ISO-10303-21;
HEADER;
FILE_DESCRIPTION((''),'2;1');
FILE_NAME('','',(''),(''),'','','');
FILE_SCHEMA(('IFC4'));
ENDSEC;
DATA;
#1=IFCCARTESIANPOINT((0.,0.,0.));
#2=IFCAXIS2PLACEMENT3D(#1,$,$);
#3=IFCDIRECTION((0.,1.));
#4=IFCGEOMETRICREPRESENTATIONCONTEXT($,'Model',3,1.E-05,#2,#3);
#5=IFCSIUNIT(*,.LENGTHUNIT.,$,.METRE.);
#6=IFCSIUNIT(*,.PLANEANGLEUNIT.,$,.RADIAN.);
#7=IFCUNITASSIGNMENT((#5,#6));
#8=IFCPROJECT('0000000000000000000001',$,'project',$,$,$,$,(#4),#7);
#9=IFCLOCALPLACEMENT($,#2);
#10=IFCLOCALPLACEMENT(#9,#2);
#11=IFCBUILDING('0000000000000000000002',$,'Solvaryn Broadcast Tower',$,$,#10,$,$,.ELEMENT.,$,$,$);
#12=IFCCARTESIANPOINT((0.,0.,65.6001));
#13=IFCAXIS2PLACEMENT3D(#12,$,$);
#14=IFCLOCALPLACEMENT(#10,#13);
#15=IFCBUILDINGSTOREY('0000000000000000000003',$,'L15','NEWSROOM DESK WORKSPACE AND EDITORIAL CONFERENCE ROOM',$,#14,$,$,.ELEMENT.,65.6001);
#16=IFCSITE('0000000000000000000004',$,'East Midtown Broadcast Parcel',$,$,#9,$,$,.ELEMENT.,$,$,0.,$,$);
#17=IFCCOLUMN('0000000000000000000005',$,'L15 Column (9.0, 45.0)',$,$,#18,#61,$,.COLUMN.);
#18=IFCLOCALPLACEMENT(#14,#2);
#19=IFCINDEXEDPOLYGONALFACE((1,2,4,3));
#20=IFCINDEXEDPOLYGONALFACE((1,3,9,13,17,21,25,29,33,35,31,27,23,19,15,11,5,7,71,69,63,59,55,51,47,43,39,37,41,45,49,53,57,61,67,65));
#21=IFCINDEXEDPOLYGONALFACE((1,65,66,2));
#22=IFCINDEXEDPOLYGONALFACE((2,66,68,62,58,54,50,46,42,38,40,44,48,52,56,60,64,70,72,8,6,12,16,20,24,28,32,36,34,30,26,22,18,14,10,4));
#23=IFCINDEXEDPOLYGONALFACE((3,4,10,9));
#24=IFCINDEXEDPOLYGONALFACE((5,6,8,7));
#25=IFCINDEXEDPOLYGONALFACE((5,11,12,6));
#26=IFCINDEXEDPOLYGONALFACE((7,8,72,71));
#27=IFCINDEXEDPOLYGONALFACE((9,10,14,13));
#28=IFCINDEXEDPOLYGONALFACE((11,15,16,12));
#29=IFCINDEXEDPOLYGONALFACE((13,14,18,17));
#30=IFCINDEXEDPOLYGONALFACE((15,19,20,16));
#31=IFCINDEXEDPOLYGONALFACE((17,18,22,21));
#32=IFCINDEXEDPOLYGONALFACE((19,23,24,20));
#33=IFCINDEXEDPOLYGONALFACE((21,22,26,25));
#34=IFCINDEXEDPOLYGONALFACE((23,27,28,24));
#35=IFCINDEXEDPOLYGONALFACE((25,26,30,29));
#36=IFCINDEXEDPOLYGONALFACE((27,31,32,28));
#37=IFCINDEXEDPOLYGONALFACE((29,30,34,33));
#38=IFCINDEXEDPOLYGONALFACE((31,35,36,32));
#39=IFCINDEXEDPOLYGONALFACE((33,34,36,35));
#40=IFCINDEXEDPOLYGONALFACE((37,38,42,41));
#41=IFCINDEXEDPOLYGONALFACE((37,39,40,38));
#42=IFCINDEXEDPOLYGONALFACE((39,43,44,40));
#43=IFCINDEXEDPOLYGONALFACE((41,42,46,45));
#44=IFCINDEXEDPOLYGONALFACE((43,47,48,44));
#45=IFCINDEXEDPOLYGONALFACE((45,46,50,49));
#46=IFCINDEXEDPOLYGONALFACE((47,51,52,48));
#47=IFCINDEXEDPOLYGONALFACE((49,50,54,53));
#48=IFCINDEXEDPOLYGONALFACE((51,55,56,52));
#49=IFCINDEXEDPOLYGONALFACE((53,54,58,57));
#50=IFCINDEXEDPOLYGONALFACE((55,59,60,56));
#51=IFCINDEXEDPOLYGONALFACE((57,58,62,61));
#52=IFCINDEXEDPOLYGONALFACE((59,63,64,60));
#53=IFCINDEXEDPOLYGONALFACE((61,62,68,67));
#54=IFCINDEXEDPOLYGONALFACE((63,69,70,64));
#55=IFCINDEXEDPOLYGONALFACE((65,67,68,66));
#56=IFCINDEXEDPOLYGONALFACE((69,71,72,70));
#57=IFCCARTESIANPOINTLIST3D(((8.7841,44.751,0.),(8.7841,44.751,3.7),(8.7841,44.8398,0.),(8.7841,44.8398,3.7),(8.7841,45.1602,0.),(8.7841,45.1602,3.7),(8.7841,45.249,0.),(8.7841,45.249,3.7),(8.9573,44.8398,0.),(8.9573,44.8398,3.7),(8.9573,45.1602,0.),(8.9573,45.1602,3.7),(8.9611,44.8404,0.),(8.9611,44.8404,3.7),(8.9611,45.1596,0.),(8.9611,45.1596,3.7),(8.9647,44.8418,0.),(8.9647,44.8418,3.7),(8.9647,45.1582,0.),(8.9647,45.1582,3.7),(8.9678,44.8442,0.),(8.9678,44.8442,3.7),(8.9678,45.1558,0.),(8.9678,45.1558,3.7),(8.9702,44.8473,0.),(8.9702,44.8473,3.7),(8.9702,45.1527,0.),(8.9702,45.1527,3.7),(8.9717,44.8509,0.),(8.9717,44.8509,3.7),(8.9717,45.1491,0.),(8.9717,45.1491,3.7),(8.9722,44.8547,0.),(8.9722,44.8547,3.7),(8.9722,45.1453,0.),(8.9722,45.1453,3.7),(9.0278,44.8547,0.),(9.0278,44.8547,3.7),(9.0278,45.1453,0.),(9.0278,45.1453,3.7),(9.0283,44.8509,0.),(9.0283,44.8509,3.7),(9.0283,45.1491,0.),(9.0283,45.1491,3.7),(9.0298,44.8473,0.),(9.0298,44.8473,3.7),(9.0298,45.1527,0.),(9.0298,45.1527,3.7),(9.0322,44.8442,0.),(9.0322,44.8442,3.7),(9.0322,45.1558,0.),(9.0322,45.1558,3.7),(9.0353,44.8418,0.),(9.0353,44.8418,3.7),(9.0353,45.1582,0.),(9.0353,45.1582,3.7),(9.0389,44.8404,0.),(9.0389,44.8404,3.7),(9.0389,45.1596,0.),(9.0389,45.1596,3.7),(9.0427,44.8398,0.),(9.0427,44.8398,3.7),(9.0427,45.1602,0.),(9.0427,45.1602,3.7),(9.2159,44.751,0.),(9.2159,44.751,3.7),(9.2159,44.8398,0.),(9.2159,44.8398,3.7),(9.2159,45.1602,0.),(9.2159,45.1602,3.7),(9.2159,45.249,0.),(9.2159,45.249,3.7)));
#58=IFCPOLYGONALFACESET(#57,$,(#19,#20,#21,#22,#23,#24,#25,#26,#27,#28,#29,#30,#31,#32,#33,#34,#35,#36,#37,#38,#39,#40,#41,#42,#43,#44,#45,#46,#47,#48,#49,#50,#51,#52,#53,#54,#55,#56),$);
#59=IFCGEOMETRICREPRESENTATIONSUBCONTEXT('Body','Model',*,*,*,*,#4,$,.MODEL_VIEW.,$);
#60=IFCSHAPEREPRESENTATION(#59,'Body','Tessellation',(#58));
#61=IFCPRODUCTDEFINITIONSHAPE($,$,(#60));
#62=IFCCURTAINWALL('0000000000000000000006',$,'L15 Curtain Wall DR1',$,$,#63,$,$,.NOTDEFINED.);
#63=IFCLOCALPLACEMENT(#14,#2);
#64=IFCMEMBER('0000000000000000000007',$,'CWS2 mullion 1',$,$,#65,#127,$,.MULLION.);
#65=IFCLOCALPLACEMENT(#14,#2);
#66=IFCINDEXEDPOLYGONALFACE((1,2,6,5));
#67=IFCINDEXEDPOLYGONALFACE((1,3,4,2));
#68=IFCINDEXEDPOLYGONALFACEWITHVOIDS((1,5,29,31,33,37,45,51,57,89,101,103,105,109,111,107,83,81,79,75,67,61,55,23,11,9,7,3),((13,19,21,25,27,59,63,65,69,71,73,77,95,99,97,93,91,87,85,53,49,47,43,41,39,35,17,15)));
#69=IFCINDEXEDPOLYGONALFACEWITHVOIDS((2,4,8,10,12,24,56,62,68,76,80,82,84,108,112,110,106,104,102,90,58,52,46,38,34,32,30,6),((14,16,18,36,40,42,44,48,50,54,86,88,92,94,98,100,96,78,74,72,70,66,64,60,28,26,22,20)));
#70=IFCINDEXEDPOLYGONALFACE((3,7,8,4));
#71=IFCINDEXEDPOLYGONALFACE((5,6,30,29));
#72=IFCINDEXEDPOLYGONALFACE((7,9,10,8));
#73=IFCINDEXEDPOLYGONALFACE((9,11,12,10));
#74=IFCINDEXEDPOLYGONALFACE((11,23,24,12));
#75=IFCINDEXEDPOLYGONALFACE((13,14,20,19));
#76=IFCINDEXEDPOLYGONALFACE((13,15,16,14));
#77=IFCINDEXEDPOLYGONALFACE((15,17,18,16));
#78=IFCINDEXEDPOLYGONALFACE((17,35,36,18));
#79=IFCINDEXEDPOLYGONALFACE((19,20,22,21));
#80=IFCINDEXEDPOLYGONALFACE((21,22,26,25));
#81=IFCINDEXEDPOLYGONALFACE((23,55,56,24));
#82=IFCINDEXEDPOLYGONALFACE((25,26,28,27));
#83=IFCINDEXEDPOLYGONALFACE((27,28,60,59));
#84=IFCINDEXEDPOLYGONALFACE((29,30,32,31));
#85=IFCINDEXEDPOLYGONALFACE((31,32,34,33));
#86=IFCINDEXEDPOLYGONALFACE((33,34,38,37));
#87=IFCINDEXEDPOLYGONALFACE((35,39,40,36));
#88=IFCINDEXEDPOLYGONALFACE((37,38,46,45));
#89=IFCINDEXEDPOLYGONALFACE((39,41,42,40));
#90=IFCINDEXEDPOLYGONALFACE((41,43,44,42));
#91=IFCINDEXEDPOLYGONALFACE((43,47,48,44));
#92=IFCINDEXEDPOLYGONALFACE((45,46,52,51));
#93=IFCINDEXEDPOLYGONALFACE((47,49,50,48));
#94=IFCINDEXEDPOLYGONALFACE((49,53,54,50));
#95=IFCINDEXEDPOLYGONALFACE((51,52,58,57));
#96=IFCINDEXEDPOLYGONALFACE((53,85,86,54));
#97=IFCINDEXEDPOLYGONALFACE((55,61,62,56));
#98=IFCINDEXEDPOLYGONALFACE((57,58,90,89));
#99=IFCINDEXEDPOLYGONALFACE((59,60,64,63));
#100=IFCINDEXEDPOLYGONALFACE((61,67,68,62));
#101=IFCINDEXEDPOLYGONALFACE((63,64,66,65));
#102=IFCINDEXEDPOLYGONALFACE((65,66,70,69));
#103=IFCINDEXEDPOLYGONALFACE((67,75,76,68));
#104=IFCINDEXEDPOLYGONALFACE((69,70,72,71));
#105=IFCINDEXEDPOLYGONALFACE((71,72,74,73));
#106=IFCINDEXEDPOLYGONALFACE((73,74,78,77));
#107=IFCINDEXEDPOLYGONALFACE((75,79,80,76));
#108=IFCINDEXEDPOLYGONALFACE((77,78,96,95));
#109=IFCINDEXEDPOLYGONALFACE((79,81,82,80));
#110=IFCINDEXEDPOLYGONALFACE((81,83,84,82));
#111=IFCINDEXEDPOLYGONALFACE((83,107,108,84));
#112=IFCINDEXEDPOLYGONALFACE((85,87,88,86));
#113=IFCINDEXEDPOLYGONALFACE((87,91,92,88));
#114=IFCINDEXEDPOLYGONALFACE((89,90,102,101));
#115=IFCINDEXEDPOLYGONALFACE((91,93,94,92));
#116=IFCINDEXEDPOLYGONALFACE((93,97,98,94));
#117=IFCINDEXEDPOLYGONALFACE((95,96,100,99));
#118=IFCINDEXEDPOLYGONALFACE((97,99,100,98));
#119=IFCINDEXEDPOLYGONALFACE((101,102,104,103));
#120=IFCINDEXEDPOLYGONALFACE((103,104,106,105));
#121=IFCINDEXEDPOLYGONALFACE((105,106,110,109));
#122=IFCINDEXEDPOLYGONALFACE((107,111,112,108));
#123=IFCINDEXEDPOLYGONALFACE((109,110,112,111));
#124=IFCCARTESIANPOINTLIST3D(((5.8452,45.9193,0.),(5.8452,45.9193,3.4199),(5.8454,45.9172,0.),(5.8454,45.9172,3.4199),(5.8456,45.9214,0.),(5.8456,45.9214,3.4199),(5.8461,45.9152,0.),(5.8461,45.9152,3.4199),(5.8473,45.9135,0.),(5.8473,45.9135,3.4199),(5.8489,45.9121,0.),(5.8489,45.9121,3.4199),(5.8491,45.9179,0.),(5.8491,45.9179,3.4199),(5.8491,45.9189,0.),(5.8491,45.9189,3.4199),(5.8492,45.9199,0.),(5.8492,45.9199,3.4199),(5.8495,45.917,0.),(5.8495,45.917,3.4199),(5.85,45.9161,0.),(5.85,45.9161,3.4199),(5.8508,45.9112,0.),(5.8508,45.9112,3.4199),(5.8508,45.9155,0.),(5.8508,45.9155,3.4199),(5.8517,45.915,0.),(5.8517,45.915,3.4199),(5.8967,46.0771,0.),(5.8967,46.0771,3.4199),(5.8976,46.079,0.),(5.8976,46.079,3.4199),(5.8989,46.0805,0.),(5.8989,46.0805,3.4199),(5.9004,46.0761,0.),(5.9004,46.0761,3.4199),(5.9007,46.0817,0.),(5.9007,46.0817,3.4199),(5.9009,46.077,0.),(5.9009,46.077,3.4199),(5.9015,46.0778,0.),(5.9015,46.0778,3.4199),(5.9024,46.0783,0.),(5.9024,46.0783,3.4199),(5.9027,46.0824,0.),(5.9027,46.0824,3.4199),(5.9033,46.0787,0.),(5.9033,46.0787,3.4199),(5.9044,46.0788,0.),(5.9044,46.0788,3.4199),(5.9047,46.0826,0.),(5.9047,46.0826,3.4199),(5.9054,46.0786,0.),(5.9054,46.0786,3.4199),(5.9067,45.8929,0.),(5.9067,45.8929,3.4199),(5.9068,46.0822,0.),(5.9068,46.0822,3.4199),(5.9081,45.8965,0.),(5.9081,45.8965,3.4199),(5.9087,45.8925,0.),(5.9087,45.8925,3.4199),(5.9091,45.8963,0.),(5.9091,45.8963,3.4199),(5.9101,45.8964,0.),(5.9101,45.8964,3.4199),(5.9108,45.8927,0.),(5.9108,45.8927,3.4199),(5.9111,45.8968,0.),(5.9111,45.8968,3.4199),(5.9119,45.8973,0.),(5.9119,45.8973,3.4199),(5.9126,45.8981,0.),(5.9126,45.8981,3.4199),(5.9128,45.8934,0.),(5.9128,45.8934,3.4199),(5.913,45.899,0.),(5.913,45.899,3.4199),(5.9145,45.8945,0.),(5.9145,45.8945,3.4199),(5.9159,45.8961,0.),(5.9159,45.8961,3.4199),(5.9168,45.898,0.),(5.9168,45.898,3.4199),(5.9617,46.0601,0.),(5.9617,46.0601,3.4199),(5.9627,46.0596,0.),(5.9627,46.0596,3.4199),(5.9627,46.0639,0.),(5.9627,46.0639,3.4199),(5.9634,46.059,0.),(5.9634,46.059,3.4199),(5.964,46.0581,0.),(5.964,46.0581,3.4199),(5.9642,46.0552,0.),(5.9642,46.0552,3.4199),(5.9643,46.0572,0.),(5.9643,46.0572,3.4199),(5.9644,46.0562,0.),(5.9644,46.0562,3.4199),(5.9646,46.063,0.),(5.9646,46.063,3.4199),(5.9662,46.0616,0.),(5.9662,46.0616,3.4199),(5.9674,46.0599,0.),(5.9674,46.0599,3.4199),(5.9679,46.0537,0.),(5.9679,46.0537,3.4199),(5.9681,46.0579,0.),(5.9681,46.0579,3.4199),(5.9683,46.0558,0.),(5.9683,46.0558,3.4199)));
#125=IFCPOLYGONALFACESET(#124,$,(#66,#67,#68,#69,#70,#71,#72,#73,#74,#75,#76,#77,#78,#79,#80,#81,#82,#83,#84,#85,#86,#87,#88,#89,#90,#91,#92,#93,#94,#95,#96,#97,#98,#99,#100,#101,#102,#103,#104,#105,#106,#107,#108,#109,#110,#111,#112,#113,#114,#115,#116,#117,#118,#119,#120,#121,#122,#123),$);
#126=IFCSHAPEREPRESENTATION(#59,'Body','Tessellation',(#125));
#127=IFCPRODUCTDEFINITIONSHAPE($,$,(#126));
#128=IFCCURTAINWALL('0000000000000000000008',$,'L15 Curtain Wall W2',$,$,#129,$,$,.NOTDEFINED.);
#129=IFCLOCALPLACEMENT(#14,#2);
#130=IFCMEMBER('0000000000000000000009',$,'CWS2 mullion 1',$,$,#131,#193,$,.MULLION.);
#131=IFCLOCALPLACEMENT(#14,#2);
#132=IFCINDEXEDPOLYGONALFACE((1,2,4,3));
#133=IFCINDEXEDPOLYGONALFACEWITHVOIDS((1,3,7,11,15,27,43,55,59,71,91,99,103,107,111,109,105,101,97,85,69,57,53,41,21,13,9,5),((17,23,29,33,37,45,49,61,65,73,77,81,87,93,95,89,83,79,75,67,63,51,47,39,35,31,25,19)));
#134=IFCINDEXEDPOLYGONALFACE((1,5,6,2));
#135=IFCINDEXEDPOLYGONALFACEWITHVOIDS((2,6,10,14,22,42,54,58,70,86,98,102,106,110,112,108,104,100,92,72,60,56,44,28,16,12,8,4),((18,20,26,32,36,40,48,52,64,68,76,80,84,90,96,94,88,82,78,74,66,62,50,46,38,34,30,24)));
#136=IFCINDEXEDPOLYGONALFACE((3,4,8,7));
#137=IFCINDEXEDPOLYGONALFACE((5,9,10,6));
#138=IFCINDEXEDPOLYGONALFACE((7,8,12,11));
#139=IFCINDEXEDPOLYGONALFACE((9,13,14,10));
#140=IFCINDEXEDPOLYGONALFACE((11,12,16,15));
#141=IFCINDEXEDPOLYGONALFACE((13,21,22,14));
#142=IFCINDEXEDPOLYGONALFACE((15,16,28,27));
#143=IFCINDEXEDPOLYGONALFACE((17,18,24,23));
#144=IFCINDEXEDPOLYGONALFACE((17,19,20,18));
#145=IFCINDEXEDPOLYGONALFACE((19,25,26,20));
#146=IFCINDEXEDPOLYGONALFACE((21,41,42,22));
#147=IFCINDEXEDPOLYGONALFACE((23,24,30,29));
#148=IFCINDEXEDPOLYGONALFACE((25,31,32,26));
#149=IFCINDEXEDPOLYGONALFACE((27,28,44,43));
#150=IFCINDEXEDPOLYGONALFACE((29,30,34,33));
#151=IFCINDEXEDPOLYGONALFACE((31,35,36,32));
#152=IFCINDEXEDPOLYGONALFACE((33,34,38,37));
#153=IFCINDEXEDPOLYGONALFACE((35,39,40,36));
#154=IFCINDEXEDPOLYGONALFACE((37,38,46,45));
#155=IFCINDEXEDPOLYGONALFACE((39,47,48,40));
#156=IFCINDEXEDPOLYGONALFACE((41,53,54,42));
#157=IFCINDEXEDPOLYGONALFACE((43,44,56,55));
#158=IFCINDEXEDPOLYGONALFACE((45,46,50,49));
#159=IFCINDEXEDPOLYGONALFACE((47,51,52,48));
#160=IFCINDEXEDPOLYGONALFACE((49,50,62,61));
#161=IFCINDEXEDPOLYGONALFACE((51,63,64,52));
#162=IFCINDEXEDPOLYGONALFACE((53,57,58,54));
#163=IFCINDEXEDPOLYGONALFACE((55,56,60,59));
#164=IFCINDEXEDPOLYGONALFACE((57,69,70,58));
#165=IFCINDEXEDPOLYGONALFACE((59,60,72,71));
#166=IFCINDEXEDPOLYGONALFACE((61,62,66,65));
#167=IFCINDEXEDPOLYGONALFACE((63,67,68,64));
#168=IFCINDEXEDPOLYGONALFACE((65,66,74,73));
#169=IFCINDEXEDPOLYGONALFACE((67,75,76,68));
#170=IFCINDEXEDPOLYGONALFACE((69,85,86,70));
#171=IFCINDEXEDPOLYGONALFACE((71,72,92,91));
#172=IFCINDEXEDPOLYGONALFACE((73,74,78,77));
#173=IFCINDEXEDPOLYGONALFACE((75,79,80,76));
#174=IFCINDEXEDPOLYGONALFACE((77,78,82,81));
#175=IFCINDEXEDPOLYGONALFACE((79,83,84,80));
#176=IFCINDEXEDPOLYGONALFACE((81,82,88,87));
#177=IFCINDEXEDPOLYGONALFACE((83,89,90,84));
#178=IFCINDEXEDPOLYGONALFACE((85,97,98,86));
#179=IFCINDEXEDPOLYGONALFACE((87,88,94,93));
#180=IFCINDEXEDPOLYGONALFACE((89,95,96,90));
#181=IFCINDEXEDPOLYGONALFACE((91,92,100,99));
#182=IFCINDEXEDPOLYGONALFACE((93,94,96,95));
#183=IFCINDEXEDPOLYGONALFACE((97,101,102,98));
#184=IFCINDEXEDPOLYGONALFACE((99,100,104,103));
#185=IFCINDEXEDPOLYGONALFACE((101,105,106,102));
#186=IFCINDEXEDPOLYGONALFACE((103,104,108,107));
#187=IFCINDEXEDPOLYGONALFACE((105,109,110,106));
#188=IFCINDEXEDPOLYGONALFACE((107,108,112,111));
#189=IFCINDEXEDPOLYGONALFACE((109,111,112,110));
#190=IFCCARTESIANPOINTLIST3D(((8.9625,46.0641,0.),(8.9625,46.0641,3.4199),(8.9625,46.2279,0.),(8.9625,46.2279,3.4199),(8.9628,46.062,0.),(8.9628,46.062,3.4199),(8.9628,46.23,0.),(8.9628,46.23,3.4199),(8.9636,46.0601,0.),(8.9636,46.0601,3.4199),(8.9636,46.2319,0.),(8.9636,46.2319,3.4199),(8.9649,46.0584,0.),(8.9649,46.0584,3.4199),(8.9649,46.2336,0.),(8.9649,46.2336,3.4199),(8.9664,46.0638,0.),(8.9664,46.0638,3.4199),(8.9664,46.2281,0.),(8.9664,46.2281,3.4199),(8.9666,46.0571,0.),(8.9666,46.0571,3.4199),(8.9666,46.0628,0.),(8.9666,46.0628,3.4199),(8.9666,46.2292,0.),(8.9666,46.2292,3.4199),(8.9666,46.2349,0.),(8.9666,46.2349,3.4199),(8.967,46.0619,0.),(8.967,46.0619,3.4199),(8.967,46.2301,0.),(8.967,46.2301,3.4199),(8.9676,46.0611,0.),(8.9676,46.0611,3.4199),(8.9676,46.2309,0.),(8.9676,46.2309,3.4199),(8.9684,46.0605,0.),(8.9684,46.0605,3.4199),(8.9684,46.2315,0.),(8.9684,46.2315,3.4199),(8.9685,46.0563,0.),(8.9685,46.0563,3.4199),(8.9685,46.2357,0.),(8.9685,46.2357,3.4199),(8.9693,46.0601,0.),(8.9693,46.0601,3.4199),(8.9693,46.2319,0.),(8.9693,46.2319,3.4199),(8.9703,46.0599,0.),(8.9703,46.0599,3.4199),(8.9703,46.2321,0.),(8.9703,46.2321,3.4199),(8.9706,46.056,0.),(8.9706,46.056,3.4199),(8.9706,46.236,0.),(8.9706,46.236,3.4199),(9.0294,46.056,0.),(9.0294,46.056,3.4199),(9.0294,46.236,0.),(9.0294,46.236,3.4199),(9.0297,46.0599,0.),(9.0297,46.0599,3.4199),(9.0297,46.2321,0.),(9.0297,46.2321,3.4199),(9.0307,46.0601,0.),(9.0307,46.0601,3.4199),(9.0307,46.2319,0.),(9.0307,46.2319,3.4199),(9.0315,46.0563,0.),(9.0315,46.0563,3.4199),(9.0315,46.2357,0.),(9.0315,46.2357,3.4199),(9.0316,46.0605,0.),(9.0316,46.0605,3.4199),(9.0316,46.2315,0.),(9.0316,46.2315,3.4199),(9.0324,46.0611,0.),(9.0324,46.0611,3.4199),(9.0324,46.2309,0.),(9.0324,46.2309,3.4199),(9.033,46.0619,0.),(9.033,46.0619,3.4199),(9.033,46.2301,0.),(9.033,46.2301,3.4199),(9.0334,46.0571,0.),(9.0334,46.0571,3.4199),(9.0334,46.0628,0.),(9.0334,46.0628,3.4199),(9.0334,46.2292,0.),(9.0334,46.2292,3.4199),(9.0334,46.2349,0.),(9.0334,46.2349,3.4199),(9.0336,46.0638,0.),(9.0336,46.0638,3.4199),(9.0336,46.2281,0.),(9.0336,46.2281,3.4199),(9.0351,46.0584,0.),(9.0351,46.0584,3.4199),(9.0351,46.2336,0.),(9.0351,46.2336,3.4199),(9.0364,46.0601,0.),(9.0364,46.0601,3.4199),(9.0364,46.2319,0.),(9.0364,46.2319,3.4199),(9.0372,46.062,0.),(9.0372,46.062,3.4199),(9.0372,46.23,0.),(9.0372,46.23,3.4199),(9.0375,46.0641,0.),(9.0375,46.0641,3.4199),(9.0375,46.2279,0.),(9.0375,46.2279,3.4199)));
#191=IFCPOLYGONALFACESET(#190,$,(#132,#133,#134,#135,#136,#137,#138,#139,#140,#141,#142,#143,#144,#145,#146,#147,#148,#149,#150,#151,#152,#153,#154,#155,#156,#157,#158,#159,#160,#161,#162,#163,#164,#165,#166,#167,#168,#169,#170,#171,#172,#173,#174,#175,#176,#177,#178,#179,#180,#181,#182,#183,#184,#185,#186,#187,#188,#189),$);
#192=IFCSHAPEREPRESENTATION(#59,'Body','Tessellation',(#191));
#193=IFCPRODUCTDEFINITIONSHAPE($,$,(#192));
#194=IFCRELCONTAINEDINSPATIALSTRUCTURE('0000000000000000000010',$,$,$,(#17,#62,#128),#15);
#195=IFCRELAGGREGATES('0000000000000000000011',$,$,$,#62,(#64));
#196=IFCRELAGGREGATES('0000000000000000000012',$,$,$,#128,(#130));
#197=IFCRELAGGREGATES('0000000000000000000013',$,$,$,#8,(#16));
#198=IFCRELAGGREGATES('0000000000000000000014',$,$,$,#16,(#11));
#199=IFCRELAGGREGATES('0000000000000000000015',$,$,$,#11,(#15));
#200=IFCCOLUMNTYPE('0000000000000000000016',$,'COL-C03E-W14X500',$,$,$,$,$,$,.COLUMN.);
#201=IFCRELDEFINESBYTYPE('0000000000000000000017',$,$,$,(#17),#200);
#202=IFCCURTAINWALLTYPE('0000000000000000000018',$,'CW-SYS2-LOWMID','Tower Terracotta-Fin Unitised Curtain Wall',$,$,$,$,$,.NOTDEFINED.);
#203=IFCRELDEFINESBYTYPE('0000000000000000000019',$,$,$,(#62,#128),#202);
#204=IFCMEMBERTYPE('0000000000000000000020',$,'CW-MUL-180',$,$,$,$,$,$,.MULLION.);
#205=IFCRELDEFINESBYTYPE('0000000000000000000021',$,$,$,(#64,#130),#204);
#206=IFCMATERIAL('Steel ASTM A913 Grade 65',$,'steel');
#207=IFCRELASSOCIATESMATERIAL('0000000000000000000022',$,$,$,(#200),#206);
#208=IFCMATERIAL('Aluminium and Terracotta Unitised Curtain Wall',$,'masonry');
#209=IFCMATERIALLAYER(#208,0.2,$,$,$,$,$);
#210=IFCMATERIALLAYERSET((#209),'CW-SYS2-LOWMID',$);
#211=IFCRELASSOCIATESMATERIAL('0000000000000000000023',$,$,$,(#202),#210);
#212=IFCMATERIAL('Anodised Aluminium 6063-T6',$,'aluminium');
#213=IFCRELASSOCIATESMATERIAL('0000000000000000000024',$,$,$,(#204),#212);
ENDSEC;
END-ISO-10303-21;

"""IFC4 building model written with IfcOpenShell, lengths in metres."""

from ifc_helpers import new_model, si_unit, direction, frame, origin, origin_2d, place, context, subcontext, project, spatial, hollow_rectangle, i_section, extrude, material, layer, layer_set, material_profile, profile_set, type_object, element, aggregate, save


model = new_model("IFC4")

# Units and contexts
model_context = context("Model", 3, precision=1e-05, world=origin(), true_north=direction((0.0, 1.0)))
body_context = subcontext(model_context, "Body", "Model", "MODEL_VIEW")
ifc_project = project(units=[si_unit("LENGTHUNIT", "METRE"), si_unit("PLANEANGLEUNIT", "RADIAN")], contexts=[model_context])

# Site, building, storey
site_placement = place(None, origin())
site = spatial("IfcSite", under=ifc_project, at=site_placement, Name="East Midtown Broadcast Parcel", CompositionType="ELEMENT", RefElevation=0.0)
building_placement = place(site_placement, origin())
building = spatial("IfcBuilding", under=site, at=building_placement, Name="Solvaryn Broadcast Tower", CompositionType="ELEMENT")
storey_placement = place(building_placement, frame((0.0, 0.0, 65.6001)))
storey = spatial("IfcBuildingStorey", under=building, at=storey_placement, Name="L15", Description="NEWSROOM DESK WORKSPACE AND EDITORIAL CONFERENCE ROOM", CompositionType="ELEMENT", Elevation=65.6001)

# Column
ifc_material_1 = material(Name="Steel ASTM A913 Grade 65", Category="steel")
ifc_material_profile_1 = material_profile(ifc_material_1, i_section(OverallWidth=0.4319, OverallDepth=0.498, WebThickness=0.0557, FlangeThickness=0.0889, FilletRadius=0.0149, at=origin_2d()))
ifc_profile_set_1 = profile_set([ifc_material_profile_1], Name="Steel ASTM A913 Grade 65")
column_type = type_object("IfcColumnType", Name="COL-C03E-W14X500", PredefinedType="COLUMN", material=ifc_profile_set_1)
column_placement = place(storey_placement, frame((9.0, 45.0, 0.0), z_axis=(0.0, 0.0, 1.0), x_axis=(1.0, 0.0, 0.0)))
element("IfcColumn", 1, at=column_placement, inside=storey, type_object=column_type, Name="L15 Column (9.0, 45.0)", PredefinedType="COLUMN", context=body_context, shape_type="SweptSolid", body=[
    extrude(i_section(OverallWidth=0.4319, OverallDepth=0.498, WebThickness=0.0557, FlangeThickness=0.0889, FilletRadius=0.0149, at=origin_2d()), origin(), (0.0, 0.0, 1.0), 3.7),
])

# Curtain wall, member
ifc_material_2 = material(Name="Aluminium and Terracotta Unitised Curtain Wall", Category="masonry")
ifc_layer_1 = layer(ifc_material_2, 0.2)
ifc_layer_set_1 = layer_set([ifc_layer_1], Name="CW-SYS2-LOWMID")
curtain_wall_type = type_object("IfcCurtainWallType", Name="CW-SYS2-LOWMID", Description="Tower Terracotta-Fin Unitised Curtain Wall", PredefinedType="NOTDEFINED", material=ifc_layer_set_1)
curtain_wall_1_placement = place(storey_placement, origin())
curtain_wall_1 = element("IfcCurtainWall", 2, at=curtain_wall_1_placement, inside=storey, type_object=curtain_wall_type, Name="L15 Curtain Wall DR1", PredefinedType="NOTDEFINED")
ifc_material_3 = material(Name="Anodised Aluminium 6063-T6", Category="aluminium")
ifc_material_profile_2 = material_profile(ifc_material_3, hollow_rectangle(XDim=0.075, YDim=0.1799, WallThickness=0.0039, InnerFilletRadius=0.0039, OuterFilletRadius=0.0081, at=origin_2d()))
ifc_profile_set_2 = profile_set([ifc_material_profile_2], Name="Anodised Aluminium 6063-T6")
member_type_1 = type_object("IfcMemberType", Name="CW-MUL-180", PredefinedType="MULLION", material=ifc_profile_set_2)
member_1_placement = place(storey_placement, frame((5.9067, 45.9875, 0.0), z_axis=(0.0, 0.0, 1.0), x_axis=(0.950215, -0.311594, 0.0)))
member_1 = element("IfcMember", 3, at=member_1_placement, type_object=member_type_1, Name="CWS2 mullion 1", PredefinedType="MULLION", context=body_context, shape_type="SweptSolid", body=[
    extrude(hollow_rectangle(XDim=0.075, YDim=0.1799, WallThickness=0.0039, InnerFilletRadius=0.0039, OuterFilletRadius=0.0081, at=origin_2d()), origin(), (0.0, 0.0, 1.0), 3.4199),
])

# Curtain wall, member
curtain_wall_2_placement = place(storey_placement, origin())
curtain_wall_2 = element("IfcCurtainWall", 4, at=curtain_wall_2_placement, inside=storey, type_object=curtain_wall_type, Name="L15 Curtain Wall W2", PredefinedType="NOTDEFINED")
member_2_placement = place(storey_placement, frame((9.0, 46.146, 0.0), z_axis=(0.0, 0.0, 1.0), x_axis=(-1.0, 0.0, 0.0)))
member_2 = element("IfcMember", 5, at=member_2_placement, type_object=member_type_1, Name="CWS2 mullion 1", PredefinedType="MULLION", context=body_context, shape_type="SweptSolid", body=[
    extrude(hollow_rectangle(XDim=0.075, YDim=0.1799, WallThickness=0.0039, InnerFilletRadius=0.0039, OuterFilletRadius=0.0081, at=origin_2d()), origin(), (0.0, 0.0, 1.0), 3.4199),
])

aggregate(curtain_wall_1, [member_1])

aggregate(curtain_wall_2, [member_2])

save(model, "model.ifc")
